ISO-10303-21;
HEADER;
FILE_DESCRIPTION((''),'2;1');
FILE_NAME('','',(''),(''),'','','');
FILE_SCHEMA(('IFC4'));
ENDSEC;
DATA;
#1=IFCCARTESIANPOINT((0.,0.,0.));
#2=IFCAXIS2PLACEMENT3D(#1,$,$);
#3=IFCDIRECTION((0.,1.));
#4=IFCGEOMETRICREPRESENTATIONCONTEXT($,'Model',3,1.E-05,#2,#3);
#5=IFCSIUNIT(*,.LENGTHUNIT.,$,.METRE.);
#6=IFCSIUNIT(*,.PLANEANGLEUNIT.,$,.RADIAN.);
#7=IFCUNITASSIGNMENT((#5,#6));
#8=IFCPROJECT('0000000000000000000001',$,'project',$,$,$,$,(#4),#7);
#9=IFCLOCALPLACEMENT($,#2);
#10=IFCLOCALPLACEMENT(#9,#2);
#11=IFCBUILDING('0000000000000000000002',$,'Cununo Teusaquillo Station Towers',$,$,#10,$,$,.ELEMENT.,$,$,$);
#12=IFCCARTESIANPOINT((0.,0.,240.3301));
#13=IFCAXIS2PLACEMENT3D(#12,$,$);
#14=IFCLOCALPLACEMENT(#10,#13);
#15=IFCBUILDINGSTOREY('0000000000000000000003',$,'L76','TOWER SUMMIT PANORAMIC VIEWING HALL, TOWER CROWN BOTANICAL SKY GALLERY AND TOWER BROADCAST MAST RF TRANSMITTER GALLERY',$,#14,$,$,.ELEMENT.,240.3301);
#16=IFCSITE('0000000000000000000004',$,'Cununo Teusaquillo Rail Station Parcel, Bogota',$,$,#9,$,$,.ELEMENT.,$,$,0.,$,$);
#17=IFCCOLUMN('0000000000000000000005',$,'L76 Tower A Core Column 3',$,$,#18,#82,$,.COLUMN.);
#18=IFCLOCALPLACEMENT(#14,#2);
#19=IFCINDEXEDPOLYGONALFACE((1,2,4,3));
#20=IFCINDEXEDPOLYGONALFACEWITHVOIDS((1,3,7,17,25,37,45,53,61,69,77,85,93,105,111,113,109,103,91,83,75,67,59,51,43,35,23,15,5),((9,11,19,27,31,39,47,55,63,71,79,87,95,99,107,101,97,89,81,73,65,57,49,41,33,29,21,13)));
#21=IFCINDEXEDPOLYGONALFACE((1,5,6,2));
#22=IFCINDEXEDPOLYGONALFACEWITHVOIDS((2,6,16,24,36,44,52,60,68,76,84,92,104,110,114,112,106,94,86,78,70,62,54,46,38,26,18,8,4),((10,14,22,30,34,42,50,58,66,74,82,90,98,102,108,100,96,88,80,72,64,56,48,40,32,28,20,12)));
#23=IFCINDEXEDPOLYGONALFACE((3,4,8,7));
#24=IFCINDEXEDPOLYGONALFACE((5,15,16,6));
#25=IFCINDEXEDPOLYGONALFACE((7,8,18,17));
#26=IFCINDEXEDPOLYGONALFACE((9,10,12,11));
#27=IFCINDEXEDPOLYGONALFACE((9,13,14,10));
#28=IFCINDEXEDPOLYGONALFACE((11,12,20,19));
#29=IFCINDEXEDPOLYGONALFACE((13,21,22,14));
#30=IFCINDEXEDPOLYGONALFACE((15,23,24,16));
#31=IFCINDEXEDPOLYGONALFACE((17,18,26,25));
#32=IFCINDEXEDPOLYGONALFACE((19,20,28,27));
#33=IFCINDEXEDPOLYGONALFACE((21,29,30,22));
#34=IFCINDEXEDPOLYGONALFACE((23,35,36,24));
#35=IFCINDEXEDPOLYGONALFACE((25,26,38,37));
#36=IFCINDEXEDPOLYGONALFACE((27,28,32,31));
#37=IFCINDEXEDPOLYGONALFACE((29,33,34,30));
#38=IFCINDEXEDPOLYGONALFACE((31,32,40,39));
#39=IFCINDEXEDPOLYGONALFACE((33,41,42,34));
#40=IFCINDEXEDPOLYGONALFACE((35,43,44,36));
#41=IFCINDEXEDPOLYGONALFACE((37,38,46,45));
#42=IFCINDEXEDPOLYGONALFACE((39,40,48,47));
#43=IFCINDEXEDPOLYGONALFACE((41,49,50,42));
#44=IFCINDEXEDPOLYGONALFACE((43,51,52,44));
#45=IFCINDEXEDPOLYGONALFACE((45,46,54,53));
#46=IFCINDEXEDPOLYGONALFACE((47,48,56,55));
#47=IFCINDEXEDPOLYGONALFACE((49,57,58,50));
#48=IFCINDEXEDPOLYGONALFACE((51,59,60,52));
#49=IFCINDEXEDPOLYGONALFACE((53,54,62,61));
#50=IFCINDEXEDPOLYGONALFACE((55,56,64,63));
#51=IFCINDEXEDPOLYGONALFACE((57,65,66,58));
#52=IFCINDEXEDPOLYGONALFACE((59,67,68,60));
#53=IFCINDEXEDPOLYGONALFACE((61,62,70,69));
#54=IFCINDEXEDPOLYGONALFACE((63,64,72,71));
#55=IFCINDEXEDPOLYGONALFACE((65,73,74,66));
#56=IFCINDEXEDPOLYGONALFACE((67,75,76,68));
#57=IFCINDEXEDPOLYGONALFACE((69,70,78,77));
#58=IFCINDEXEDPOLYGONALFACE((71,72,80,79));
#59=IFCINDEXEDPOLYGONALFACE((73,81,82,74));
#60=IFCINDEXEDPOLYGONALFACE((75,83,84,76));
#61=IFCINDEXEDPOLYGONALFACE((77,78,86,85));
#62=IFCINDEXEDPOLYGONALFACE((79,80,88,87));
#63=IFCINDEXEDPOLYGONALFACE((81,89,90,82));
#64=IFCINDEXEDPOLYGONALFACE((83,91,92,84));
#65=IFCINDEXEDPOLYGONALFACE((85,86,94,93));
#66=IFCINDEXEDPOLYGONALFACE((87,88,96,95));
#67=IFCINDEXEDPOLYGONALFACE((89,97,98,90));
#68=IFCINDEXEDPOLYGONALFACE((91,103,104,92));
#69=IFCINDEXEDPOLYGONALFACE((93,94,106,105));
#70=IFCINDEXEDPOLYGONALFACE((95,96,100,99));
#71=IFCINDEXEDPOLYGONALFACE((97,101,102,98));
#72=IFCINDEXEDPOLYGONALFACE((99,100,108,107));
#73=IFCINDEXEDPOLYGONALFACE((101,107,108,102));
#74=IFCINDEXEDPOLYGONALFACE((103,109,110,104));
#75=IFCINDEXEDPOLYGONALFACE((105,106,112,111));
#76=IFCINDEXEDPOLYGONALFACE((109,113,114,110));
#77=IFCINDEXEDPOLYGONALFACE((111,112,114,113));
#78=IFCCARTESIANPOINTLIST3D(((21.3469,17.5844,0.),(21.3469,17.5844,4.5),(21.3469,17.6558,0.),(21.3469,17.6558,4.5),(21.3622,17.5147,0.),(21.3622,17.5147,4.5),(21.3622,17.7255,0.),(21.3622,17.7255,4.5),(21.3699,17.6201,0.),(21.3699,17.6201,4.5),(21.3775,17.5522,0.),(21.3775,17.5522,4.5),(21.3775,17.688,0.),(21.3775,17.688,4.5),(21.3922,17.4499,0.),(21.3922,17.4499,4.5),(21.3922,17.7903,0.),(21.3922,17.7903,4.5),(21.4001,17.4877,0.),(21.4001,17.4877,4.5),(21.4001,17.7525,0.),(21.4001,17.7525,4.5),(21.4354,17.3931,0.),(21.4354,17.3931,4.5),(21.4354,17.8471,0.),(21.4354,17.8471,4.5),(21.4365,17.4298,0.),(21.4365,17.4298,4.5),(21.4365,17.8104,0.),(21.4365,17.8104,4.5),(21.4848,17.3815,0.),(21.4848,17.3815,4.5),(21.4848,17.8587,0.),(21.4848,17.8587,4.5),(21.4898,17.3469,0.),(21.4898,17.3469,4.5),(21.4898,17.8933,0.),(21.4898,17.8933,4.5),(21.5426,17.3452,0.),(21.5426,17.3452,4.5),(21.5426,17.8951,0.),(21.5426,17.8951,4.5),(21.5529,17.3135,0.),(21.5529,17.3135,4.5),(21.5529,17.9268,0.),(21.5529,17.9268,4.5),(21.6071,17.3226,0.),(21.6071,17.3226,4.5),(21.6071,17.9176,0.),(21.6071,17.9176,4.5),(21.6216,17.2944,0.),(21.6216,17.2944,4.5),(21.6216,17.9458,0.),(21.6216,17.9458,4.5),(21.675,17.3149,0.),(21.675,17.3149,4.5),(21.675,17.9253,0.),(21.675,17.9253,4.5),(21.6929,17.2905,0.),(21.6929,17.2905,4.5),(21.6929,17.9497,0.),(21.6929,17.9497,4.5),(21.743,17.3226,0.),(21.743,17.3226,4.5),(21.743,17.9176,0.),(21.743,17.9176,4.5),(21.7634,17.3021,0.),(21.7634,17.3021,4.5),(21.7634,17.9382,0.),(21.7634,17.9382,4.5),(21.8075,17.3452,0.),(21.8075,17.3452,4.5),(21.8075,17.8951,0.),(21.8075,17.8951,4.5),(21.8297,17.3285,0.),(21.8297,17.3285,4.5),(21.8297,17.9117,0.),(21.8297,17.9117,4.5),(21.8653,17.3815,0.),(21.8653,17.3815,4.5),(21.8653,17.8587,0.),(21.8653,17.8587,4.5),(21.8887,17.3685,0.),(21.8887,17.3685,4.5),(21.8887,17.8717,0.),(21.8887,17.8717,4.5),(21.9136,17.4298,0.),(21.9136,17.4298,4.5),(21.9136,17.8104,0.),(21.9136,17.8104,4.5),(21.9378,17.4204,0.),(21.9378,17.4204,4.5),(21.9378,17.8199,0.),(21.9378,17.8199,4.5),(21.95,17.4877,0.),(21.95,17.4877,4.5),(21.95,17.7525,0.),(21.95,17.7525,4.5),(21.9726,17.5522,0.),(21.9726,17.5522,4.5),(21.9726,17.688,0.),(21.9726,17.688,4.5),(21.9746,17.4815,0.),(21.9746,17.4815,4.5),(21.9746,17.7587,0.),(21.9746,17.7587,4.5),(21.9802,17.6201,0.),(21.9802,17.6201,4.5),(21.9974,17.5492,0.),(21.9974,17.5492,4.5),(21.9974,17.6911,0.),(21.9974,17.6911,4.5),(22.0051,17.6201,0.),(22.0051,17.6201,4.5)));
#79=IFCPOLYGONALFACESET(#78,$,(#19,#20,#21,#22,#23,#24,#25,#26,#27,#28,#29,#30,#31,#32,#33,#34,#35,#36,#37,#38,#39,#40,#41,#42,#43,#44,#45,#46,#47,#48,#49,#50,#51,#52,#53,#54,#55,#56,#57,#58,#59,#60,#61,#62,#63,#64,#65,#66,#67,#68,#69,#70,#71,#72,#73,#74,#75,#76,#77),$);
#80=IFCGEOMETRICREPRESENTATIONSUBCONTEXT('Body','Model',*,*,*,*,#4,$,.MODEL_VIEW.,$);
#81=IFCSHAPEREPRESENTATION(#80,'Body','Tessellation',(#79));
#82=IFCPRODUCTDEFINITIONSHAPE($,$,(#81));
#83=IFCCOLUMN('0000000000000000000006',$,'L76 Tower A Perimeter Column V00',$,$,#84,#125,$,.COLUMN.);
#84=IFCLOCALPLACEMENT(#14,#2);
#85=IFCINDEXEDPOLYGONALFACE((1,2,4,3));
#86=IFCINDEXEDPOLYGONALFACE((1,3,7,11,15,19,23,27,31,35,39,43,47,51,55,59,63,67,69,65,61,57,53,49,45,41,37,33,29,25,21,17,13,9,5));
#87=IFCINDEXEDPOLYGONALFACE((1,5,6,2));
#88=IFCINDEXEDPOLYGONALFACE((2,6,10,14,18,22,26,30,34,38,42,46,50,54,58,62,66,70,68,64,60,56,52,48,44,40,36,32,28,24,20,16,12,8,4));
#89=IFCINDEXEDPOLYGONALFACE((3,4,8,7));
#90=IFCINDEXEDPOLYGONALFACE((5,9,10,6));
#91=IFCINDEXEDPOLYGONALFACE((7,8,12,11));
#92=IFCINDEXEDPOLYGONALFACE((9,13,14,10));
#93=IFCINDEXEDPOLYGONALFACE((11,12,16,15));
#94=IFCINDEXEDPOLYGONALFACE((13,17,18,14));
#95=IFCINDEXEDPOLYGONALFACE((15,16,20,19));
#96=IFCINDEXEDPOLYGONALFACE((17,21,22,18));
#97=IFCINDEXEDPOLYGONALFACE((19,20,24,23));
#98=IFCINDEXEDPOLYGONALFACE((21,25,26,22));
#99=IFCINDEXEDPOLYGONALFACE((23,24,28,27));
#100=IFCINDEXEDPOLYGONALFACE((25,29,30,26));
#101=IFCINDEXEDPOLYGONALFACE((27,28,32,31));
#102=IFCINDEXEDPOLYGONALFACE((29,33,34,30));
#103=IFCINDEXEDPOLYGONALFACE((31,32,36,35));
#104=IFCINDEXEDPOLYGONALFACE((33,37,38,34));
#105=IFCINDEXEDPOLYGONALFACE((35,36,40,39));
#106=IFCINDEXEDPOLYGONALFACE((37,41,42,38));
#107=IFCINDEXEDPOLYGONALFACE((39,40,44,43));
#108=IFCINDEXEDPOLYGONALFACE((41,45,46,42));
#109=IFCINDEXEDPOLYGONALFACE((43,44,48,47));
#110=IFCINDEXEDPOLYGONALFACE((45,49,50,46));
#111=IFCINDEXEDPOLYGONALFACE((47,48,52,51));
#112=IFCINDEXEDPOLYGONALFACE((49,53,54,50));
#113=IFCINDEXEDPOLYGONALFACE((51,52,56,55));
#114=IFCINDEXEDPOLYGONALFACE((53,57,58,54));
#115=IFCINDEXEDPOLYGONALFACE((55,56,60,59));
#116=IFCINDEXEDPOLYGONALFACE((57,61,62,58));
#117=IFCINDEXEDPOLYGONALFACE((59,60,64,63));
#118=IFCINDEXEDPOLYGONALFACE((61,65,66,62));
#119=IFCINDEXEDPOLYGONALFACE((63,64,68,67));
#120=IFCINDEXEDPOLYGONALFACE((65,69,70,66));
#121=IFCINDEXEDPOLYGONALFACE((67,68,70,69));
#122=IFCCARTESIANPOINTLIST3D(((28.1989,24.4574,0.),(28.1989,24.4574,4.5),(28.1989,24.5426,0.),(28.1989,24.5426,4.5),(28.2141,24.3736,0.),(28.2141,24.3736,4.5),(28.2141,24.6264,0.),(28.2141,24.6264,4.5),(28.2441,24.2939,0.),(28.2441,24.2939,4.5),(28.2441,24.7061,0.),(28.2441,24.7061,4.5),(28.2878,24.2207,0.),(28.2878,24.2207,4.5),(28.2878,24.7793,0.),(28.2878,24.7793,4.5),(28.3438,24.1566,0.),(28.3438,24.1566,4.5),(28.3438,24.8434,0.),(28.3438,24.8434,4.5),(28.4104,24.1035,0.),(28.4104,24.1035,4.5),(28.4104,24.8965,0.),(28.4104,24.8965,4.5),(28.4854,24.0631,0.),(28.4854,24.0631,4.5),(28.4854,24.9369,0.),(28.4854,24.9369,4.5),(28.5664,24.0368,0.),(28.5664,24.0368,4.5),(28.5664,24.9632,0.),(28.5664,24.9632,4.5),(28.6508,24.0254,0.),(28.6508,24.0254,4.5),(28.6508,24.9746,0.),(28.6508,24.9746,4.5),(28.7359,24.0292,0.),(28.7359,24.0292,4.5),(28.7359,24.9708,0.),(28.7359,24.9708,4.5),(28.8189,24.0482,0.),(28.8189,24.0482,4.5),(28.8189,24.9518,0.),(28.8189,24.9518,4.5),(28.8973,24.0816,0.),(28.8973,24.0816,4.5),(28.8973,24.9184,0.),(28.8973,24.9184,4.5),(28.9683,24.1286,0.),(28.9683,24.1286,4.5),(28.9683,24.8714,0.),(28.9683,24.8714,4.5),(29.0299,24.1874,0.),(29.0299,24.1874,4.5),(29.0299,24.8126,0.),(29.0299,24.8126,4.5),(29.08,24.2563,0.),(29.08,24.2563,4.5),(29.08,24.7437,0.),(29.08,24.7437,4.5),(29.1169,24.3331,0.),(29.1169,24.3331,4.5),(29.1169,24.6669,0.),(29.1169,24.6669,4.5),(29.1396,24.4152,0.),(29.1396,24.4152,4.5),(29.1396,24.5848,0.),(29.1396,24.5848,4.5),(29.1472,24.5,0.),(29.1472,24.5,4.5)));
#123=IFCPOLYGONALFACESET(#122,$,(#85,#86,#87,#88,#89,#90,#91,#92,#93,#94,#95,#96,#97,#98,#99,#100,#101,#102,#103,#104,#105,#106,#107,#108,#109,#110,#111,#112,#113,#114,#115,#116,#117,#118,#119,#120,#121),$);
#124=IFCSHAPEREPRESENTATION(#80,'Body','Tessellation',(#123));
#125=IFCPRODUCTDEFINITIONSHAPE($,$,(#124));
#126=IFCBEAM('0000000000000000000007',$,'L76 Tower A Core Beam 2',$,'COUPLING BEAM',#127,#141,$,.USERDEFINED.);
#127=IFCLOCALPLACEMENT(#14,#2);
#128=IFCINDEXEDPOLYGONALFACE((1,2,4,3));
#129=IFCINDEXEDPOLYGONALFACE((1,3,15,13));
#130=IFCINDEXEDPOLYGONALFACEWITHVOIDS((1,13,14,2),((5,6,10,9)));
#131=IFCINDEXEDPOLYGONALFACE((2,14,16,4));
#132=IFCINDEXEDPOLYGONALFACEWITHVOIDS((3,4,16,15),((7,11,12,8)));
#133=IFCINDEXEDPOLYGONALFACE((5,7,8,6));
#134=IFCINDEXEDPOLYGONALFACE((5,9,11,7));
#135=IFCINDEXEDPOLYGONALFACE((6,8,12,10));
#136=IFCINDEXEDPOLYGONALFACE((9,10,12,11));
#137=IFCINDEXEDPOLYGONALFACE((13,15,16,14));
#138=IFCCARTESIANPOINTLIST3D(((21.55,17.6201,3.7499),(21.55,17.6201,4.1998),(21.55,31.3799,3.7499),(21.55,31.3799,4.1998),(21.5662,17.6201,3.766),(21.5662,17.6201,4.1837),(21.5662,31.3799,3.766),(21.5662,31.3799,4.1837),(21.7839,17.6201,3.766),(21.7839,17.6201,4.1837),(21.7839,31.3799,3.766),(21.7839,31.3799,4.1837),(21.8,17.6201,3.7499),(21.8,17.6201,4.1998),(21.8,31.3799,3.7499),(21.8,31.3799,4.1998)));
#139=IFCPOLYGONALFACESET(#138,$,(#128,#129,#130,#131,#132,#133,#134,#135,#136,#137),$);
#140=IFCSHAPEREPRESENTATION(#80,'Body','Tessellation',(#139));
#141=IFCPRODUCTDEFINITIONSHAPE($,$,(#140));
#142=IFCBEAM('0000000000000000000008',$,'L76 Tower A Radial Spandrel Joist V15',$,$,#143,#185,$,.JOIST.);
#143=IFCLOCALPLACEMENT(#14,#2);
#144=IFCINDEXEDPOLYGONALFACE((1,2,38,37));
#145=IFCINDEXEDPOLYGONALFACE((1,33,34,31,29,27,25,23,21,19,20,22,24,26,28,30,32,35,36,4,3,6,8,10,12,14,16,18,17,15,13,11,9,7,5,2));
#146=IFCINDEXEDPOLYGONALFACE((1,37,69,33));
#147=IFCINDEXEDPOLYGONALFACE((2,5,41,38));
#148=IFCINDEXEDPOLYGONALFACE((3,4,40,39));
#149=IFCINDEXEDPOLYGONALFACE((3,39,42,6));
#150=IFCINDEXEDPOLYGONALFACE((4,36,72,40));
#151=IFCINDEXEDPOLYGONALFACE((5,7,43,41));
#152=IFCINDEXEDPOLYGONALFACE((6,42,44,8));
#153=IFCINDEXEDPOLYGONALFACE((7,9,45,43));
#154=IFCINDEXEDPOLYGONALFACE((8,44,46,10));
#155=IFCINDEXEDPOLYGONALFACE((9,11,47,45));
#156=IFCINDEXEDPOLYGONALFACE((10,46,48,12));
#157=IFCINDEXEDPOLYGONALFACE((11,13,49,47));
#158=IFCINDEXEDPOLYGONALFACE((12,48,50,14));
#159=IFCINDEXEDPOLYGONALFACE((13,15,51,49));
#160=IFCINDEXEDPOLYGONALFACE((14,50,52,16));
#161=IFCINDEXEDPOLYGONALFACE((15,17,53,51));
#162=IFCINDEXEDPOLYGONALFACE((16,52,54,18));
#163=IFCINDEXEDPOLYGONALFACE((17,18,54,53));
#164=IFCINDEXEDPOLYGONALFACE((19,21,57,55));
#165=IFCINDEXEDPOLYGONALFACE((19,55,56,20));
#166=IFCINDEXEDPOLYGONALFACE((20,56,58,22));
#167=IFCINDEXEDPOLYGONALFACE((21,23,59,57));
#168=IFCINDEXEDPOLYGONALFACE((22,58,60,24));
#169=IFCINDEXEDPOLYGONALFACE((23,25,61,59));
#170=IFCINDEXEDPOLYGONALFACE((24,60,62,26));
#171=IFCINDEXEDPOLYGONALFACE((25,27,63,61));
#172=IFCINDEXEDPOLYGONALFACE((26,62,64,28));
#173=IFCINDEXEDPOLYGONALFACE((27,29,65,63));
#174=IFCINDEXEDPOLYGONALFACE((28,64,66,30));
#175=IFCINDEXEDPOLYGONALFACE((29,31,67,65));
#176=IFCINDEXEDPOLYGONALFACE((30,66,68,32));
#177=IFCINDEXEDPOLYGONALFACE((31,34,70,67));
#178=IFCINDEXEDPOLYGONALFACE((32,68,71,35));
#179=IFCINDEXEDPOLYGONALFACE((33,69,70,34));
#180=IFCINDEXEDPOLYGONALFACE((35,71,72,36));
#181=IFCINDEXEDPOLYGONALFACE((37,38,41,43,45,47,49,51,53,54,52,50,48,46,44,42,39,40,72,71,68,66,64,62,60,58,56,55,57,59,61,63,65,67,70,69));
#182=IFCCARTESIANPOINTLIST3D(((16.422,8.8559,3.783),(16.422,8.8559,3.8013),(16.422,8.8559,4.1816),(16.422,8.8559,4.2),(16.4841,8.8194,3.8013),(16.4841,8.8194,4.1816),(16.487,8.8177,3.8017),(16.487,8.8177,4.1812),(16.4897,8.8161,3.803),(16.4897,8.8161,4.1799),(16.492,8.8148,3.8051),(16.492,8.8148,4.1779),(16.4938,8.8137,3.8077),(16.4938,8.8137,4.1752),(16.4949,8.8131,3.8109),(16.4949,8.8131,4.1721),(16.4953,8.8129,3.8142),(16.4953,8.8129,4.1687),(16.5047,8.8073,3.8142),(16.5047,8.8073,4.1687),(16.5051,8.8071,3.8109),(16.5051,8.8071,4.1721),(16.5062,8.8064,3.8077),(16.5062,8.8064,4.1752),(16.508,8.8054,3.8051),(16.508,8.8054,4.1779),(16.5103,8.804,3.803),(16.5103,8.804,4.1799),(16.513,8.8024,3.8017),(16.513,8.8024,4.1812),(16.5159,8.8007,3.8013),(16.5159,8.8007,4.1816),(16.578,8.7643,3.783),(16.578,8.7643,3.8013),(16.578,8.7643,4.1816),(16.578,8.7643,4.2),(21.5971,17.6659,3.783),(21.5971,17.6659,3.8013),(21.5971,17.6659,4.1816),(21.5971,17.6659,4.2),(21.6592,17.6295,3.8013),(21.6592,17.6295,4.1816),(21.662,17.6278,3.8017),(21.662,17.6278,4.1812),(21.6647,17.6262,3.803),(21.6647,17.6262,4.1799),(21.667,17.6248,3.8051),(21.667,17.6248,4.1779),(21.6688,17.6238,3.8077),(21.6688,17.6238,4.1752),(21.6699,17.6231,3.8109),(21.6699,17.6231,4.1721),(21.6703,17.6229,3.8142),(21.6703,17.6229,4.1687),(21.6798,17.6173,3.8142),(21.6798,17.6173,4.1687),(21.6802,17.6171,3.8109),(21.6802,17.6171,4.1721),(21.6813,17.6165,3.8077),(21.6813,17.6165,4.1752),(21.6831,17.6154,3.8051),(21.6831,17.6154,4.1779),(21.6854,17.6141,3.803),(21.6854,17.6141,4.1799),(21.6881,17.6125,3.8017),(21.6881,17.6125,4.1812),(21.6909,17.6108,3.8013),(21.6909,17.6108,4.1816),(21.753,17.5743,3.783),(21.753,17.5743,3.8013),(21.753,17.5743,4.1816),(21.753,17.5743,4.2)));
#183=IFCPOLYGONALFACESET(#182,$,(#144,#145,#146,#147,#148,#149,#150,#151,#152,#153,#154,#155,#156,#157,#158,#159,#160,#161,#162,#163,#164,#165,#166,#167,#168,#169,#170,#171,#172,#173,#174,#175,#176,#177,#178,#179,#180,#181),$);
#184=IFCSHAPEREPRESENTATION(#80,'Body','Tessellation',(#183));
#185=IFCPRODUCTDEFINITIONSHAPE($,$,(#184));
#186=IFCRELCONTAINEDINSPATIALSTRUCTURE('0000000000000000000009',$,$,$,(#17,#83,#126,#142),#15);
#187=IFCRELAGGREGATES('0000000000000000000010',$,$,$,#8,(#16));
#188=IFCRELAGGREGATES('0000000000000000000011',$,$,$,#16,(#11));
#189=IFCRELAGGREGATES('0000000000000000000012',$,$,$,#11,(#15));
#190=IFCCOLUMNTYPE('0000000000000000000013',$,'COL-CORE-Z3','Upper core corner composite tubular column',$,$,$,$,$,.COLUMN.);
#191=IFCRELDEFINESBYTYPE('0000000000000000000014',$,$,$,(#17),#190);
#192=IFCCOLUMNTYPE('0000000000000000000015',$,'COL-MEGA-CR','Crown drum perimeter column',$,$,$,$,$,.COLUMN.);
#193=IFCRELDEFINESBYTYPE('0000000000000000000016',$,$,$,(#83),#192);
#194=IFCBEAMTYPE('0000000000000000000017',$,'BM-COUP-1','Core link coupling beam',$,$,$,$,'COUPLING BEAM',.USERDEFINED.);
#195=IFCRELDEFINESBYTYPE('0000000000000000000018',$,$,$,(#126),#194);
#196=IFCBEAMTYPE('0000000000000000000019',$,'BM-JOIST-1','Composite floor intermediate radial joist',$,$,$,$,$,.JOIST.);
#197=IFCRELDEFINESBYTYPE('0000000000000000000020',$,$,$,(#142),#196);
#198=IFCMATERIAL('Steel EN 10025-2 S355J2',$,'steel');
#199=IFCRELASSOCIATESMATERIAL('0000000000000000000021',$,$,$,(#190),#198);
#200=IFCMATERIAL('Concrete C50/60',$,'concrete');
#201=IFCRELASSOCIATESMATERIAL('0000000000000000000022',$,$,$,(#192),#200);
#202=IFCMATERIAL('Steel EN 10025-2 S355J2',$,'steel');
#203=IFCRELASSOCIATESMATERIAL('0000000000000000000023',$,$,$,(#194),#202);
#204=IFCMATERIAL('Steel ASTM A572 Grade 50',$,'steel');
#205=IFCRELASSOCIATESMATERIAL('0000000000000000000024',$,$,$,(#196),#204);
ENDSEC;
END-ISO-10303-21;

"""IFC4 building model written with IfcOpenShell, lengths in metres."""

from ifc_helpers import new_model, si_unit, direction, frame, origin, origin_2d, place, context, subcontext, project, spatial, hollow_rectangle, circle, hollow_circle, i_section, extrude, material, material_profile, profile_set, type_object, element, save


model = new_model("IFC4")

# Units and contexts
model_context = context("Model", 3, precision=1e-05, world=origin(), true_north=direction((0.0, 1.0)))
body_context = subcontext(model_context, "Body", "Model", "MODEL_VIEW")
ifc_project = project(units=[si_unit("LENGTHUNIT", "METRE"), si_unit("PLANEANGLEUNIT", "RADIAN")], contexts=[model_context])

# Site, building, storey
site_placement = place(None, origin())
site = spatial("IfcSite", under=ifc_project, at=site_placement, Name="Cununo Teusaquillo Rail Station Parcel, Bogota", CompositionType="ELEMENT", RefElevation=0.0)
building_placement = place(site_placement, origin())
building = spatial("IfcBuilding", under=site, at=building_placement, Name="Cununo Teusaquillo Station Towers", CompositionType="ELEMENT")
storey_placement = place(building_placement, frame((0.0, 0.0, 240.3301)))
storey = spatial("IfcBuildingStorey", under=building, at=storey_placement, Name="L76", Description="TOWER SUMMIT PANORAMIC VIEWING HALL, TOWER CROWN BOTANICAL SKY GALLERY AND TOWER BROADCAST MAST RF TRANSMITTER GALLERY", CompositionType="ELEMENT", Elevation=240.3301)

# Columns
ifc_material_1 = material(Name="Steel EN 10025-2 S355J2", Category="steel")
ifc_material_profile_1 = material_profile(ifc_material_1, hollow_circle(Radius=0.3301, WallThickness=0.0249, at=origin_2d()), Name="CHS 660x25")
ifc_profile_set_1 = profile_set([ifc_material_profile_1], Name="Steel EN 10025-2 S355J2")
column_type_1 = type_object("IfcColumnType", Name="COL-CORE-Z3", Description="Upper core corner composite tubular column", PredefinedType="COLUMN", material=ifc_profile_set_1)
column_1_placement = place(storey_placement, frame((21.675, 17.6201, 0.0), z_axis=(0.0, 0.0, 1.0), x_axis=(1.0, 0.0, 0.0)))
element("IfcColumn", 1, at=column_1_placement, inside=storey, type_object=column_type_1, Name="L76 Tower A Core Column 3", PredefinedType="COLUMN", context=body_context, shape_type="SweptSolid", body=[
    extrude(hollow_circle(Radius=0.3301, WallThickness=0.0249, at=origin_2d()), origin(), (0.0, 0.0, 1.0), 4.5),
])
ifc_material_2 = material(Name="Concrete C50/60", Category="concrete")
ifc_material_profile_2 = material_profile(ifc_material_2, circle(Radius=0.4751, at=origin_2d()), Name="RC-CIRC-950")
ifc_profile_set_2 = profile_set([ifc_material_profile_2], Name="Concrete C50/60")
column_type_2 = type_object("IfcColumnType", Name="COL-MEGA-CR", Description="Crown drum perimeter column", PredefinedType="COLUMN", material=ifc_profile_set_2)
column_2_placement = place(storey_placement, frame((28.6721, 24.5, 0.0), z_axis=(0.0, 0.0, 1.0), x_axis=(1.0, 0.0, 0.0)))
element("IfcColumn", 2, at=column_2_placement, inside=storey, type_object=column_type_2, Name="L76 Tower A Perimeter Column V00", PredefinedType="COLUMN", context=body_context, shape_type="SweptSolid", body=[
    extrude(circle(Radius=0.4751, at=origin_2d()), origin(), (0.0, 0.0, 1.0), 4.5),
])

# Beams
ifc_material_3 = material(Name="Steel EN 10025-2 S355J2", Category="steel")
ifc_material_profile_3 = material_profile(ifc_material_3, hollow_rectangle(XDim=0.25, YDim=0.45, WallThickness=0.0161, at=origin_2d()), Name="RHS 450x250x16")
ifc_profile_set_3 = profile_set([ifc_material_profile_3], Name="Steel EN 10025-2 S355J2")
beam_type_1 = type_object("IfcBeamType", Name="BM-COUP-1", Description="Core link coupling beam", ElementType="COUPLING BEAM", PredefinedType="USERDEFINED", material=ifc_profile_set_3)
beam_1_placement = place(storey_placement, frame((21.675, 17.6201, 3.9749), z_axis=(0.0, 1.0, 0.0), x_axis=(-1.0, 0.0, 0.0)))
element("IfcBeam", 3, at=beam_1_placement, inside=storey, type_object=beam_type_1, Name="L76 Tower A Core Beam 2", ObjectType="COUPLING BEAM", PredefinedType="USERDEFINED", context=body_context, shape_type="SweptSolid", body=[
    extrude(hollow_rectangle(XDim=0.25, YDim=0.45, WallThickness=0.0161, at=origin_2d()), origin(), (0.0, 0.0, 1.0), 13.7598),
])
ifc_material_4 = material(Name="Steel ASTM A572 Grade 50", Category="steel")
ifc_material_profile_4 = material_profile(ifc_material_4, i_section(OverallWidth=0.1809, OverallDepth=0.417, WebThickness=0.011, FlangeThickness=0.0183, FilletRadius=0.0129, at=origin_2d()), Name="W16X57")
ifc_profile_set_4 = profile_set([ifc_material_profile_4], Name="Steel ASTM A572 Grade 50")
beam_type_2 = type_object("IfcBeamType", Name="BM-JOIST-1", Description="Composite floor intermediate radial joist", PredefinedType="JOIST", material=ifc_profile_set_4)
beam_2_placement = place(storey_placement, frame((21.675, 17.6201, 3.9915), z_axis=(-0.506486, -0.862248, 0.0), x_axis=(0.862248, -0.506486, 0.0)))
element("IfcBeam", 4, at=beam_2_placement, inside=storey, type_object=beam_type_2, Name="L76 Tower A Radial Spandrel Joist V15", PredefinedType="JOIST", context=body_context, shape_type="SweptSolid", body=[
    extrude(i_section(OverallWidth=0.1809, OverallDepth=0.417, WebThickness=0.011, FlangeThickness=0.0183, FilletRadius=0.0129, at=origin_2d()), origin(), (0.0, 0.0, 1.0), 10.2175),
])

save(model, "model.ifc")
